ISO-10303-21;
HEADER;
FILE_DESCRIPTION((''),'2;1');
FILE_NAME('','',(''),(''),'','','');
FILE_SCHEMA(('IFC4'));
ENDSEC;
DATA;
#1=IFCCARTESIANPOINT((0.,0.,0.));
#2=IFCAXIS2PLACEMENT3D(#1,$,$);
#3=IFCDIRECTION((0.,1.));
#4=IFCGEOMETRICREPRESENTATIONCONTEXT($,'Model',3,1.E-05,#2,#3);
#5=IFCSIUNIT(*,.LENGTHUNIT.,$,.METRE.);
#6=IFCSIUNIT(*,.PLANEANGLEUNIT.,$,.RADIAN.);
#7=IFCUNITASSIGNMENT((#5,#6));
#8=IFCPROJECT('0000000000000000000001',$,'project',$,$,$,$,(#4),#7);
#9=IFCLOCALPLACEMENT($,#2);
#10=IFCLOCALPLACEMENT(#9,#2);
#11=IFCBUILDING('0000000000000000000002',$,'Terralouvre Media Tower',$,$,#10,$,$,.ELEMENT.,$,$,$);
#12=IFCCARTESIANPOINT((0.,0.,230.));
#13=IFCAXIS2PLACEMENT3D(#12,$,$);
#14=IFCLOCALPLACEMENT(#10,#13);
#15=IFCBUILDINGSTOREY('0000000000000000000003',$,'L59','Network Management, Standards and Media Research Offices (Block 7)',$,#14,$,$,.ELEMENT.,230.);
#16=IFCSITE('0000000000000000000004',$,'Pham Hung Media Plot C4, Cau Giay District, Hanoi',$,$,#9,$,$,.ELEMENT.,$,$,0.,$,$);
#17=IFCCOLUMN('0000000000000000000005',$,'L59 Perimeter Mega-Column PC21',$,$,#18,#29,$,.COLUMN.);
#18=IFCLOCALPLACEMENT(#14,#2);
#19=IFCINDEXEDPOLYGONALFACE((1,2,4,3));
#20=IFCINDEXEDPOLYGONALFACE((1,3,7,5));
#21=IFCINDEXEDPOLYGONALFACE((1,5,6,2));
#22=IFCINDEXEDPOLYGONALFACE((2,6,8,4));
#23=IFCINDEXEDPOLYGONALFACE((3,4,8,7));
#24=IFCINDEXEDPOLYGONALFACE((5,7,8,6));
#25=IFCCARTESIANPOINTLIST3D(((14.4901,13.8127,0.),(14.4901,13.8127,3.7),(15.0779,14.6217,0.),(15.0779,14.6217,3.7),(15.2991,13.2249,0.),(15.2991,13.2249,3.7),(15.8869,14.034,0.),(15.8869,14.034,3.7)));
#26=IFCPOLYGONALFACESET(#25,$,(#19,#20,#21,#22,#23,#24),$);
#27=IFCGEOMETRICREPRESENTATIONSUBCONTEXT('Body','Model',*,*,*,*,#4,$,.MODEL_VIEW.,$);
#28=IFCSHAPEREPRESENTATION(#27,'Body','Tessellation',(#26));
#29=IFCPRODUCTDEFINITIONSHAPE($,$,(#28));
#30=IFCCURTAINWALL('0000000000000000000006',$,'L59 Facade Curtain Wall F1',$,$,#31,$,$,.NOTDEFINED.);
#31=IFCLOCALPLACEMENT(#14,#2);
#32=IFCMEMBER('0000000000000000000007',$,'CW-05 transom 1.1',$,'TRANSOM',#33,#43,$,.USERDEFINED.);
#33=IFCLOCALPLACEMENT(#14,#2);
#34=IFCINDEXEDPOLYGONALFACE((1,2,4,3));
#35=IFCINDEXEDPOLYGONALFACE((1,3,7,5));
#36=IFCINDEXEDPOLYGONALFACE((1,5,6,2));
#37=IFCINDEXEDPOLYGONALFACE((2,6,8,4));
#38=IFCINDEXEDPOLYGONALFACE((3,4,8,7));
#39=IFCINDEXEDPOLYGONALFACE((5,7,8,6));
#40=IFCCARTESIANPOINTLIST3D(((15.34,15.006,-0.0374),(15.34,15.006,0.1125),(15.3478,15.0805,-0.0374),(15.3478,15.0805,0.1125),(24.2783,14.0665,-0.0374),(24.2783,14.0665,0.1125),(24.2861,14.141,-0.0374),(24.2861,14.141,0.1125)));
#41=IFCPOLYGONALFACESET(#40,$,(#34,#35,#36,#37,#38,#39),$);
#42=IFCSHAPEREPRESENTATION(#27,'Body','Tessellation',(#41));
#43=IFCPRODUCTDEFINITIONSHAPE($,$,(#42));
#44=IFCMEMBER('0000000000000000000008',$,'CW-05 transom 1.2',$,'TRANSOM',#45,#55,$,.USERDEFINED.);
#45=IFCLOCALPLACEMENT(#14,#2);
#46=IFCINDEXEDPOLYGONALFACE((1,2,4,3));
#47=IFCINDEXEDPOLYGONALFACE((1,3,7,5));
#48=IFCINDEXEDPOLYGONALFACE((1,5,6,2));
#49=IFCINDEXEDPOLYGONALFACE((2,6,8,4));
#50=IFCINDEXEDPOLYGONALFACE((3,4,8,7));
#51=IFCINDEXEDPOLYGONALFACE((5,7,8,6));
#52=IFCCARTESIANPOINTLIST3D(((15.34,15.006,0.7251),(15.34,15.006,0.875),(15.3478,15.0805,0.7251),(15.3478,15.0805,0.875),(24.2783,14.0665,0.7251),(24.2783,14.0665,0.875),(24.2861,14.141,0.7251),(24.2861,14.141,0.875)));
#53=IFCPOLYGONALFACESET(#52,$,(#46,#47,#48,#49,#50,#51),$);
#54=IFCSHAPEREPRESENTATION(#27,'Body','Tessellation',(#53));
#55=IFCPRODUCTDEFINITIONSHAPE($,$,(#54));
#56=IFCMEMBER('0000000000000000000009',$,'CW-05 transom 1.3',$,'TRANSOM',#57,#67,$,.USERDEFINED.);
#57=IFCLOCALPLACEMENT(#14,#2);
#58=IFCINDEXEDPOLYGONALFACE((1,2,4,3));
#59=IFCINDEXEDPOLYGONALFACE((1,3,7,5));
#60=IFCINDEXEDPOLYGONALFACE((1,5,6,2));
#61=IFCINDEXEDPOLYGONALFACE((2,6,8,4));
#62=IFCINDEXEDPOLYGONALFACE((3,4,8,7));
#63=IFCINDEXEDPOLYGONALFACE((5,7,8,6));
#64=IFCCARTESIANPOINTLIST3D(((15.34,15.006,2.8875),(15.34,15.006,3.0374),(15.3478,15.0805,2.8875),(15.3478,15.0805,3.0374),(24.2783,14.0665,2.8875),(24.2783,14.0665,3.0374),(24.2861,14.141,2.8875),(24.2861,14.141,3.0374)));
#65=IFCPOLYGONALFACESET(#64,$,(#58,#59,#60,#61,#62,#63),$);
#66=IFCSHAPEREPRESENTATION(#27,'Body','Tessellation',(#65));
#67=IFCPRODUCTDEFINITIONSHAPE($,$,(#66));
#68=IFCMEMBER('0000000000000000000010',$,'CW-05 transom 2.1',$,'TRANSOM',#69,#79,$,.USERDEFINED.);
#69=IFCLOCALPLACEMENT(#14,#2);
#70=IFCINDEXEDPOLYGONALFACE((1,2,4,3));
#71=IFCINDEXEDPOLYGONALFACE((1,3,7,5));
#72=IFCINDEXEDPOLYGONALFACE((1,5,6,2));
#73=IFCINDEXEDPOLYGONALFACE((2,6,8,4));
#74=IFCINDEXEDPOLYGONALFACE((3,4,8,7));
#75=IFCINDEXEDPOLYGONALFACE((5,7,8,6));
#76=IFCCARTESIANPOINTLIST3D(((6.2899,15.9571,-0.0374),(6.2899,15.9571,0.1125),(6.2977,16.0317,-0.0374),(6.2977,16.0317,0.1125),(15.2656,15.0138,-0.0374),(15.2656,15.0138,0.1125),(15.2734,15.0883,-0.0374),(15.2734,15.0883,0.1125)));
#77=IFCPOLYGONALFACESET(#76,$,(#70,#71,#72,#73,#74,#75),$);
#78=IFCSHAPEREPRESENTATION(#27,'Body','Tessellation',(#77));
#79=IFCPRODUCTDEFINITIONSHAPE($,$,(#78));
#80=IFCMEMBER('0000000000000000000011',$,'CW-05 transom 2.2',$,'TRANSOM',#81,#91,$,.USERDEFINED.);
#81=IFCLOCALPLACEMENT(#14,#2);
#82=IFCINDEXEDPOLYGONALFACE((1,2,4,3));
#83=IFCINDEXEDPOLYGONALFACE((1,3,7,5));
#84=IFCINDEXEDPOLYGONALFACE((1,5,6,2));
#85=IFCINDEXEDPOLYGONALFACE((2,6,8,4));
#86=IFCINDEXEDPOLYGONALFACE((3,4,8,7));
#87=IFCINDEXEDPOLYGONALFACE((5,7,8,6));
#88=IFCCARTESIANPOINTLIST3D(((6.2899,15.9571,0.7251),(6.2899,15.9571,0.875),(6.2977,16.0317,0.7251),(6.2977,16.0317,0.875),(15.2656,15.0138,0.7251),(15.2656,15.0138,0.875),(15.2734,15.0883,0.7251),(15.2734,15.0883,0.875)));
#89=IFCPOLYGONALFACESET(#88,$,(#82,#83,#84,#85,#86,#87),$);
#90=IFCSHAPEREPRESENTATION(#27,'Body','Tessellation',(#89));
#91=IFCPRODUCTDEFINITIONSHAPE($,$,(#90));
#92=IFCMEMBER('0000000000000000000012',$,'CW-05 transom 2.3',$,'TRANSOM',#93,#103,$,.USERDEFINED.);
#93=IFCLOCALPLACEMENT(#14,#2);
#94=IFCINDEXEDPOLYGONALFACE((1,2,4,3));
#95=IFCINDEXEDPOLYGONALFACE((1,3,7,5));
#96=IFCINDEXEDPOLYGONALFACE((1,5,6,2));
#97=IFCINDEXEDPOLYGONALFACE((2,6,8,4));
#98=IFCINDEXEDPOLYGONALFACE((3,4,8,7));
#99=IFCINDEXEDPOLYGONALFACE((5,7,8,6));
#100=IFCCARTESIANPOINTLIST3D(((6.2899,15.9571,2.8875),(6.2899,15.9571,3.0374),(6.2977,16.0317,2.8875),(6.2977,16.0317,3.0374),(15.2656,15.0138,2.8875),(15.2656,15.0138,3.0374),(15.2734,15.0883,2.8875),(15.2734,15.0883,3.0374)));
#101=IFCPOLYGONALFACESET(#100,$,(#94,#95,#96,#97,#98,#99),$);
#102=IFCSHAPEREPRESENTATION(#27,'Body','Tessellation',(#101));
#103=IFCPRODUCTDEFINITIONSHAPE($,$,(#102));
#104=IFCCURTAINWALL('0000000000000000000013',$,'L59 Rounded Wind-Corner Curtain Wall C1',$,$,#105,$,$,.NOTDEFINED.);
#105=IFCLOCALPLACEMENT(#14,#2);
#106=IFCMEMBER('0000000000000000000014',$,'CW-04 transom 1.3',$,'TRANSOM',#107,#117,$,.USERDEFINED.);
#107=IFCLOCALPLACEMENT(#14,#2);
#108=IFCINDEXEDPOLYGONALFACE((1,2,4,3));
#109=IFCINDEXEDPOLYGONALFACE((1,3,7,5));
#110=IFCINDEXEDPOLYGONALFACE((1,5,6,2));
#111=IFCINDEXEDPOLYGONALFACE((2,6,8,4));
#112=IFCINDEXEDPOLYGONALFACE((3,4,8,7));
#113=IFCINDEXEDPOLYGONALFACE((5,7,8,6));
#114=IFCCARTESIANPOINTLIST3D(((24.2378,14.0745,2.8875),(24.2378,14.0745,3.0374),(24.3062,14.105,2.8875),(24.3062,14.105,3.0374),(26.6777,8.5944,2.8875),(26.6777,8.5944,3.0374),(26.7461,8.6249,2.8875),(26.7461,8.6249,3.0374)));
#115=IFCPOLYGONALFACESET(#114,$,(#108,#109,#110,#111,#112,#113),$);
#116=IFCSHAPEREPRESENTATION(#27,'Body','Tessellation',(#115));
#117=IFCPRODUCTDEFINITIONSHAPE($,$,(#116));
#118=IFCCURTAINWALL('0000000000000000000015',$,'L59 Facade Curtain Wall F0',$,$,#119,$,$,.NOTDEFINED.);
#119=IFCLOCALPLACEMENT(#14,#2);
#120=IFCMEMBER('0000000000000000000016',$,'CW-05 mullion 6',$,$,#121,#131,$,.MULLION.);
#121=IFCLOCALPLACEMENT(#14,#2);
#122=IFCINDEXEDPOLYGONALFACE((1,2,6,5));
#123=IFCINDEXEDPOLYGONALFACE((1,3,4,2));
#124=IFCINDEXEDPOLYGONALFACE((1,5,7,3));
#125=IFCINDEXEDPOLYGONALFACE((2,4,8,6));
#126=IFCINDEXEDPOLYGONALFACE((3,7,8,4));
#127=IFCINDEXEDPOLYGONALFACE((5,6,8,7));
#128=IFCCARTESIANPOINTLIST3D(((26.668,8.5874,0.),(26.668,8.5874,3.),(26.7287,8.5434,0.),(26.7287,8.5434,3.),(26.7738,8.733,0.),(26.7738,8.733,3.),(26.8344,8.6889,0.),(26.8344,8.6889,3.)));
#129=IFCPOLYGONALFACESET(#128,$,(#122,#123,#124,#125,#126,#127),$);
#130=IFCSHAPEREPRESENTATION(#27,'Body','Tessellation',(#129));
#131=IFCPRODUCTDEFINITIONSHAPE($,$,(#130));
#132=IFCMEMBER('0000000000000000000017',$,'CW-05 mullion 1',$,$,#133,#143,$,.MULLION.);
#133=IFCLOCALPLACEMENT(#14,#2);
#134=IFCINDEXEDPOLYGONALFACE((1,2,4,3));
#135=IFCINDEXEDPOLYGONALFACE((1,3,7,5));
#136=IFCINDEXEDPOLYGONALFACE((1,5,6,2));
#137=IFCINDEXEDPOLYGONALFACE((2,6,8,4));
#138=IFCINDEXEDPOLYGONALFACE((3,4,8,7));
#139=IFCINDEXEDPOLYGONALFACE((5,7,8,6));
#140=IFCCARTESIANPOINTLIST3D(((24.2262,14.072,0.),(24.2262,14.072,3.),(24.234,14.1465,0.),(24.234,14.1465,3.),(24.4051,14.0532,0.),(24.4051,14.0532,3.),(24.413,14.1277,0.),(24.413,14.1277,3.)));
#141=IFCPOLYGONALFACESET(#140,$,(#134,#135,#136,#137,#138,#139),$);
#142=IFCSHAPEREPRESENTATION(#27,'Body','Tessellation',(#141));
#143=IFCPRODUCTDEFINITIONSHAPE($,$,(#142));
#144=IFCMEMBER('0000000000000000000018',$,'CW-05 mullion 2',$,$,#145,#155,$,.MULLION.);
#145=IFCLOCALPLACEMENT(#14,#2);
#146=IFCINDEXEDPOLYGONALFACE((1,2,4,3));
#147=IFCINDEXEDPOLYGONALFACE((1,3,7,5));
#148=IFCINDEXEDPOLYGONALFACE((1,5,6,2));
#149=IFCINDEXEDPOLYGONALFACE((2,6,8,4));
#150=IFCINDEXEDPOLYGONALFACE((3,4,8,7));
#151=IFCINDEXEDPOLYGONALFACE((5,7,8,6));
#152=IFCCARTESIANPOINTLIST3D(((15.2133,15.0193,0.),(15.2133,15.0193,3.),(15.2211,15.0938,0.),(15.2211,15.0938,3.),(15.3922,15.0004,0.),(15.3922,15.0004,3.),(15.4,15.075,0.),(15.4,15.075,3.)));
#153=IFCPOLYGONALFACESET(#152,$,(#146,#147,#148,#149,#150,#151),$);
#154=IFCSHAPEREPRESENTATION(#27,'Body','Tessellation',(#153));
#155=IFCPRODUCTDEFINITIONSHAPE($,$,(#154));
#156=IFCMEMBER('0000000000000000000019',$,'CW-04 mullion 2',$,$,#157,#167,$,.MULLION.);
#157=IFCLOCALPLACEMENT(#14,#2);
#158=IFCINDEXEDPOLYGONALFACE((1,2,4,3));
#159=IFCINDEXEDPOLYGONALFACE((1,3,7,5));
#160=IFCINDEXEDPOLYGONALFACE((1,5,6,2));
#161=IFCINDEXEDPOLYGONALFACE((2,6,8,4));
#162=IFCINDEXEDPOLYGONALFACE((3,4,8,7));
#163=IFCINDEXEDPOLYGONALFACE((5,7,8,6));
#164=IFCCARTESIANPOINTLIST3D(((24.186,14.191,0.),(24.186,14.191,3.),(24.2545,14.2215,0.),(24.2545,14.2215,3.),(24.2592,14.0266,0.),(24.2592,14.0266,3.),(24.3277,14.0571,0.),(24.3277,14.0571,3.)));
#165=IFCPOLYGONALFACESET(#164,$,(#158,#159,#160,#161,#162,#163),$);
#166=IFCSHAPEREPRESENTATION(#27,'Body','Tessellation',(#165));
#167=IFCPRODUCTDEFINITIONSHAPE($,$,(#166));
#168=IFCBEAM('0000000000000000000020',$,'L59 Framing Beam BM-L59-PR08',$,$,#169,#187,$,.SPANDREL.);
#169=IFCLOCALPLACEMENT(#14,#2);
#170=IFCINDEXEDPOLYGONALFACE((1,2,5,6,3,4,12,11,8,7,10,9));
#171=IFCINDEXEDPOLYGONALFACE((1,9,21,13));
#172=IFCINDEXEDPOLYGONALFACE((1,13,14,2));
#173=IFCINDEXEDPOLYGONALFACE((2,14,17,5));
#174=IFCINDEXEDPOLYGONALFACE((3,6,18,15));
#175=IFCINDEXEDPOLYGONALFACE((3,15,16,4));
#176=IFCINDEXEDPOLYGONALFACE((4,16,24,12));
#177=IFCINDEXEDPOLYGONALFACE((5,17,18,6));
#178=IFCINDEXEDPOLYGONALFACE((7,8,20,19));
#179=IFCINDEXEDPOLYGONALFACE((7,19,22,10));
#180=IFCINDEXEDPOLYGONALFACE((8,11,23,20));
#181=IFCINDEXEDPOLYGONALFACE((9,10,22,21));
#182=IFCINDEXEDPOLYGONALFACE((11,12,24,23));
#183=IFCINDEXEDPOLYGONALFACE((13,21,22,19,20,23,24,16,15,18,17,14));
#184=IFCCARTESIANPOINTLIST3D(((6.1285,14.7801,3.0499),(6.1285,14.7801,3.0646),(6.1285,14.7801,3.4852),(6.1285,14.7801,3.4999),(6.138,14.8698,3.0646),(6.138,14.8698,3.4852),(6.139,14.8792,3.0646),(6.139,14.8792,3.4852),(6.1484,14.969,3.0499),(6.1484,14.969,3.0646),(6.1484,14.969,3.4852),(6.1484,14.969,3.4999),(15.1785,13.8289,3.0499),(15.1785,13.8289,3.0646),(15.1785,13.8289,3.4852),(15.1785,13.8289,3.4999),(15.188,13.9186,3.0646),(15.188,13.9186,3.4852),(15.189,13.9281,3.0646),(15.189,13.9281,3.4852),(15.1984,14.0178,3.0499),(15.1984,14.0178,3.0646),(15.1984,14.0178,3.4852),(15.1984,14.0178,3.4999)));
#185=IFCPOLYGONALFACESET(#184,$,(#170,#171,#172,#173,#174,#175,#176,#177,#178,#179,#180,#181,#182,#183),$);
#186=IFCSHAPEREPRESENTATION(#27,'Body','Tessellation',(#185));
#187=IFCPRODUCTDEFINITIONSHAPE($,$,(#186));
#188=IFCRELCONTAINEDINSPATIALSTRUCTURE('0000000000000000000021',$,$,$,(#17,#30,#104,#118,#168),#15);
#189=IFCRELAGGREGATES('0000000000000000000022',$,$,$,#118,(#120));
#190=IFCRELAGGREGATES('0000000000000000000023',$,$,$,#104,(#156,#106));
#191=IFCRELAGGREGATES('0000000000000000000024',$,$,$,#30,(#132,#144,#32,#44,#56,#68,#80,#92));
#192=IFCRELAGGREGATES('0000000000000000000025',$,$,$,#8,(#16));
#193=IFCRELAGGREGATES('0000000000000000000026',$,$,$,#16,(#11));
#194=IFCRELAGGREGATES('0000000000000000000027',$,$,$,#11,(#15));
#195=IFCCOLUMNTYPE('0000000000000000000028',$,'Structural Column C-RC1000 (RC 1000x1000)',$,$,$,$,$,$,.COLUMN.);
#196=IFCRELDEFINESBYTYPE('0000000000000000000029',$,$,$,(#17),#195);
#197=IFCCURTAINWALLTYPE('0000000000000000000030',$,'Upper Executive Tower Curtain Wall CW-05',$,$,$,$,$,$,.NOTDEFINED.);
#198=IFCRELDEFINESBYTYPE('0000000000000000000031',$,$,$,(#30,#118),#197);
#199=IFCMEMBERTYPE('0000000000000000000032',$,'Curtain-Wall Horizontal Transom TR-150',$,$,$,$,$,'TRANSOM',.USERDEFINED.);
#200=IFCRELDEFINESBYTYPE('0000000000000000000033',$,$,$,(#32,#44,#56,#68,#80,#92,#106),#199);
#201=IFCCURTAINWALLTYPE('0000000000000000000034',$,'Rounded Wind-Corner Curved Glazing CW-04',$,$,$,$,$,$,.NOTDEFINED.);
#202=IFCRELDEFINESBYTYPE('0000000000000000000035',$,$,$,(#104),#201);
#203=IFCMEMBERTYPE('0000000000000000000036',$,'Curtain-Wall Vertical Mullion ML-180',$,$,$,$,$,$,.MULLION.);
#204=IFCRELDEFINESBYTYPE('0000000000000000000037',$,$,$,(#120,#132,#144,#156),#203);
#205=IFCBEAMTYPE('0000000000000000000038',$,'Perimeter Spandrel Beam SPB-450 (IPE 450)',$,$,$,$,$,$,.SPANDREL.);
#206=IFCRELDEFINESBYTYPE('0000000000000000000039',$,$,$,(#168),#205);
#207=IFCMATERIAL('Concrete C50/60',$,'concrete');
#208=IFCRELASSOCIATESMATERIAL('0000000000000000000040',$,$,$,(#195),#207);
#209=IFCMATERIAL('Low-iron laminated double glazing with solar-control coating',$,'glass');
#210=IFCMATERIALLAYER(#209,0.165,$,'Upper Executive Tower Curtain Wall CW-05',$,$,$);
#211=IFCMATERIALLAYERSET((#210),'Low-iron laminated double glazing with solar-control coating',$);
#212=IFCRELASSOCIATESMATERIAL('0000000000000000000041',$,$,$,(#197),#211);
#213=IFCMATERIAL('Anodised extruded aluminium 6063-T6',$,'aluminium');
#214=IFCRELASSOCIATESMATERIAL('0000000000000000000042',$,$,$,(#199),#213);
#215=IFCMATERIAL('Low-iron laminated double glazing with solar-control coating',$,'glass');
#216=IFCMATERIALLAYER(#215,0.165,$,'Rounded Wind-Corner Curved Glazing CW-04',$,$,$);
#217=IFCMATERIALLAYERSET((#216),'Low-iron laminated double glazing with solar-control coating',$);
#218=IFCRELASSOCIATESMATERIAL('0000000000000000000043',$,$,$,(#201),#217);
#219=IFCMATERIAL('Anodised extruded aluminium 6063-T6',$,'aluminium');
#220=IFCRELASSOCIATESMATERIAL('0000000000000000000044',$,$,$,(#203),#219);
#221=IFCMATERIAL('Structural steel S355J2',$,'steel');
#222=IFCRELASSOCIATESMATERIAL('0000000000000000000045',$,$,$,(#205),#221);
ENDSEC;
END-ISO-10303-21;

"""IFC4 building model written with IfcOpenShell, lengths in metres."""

from ifc_helpers import new_model, si_unit, direction, frame, origin, origin_2d, place, context, subcontext, project, spatial, rectangle, i_section, extrude, material, layer, layer_set, material_profile, profile_set, type_object, element, aggregate, save


model = new_model("IFC4")

# Units and contexts
model_context = context("Model", 3, precision=1e-05, world=origin(), true_north=direction((0.0, 1.0)))
body_context = subcontext(model_context, "Body", "Model", "MODEL_VIEW")
ifc_project = project(units=[si_unit("LENGTHUNIT", "METRE"), si_unit("PLANEANGLEUNIT", "RADIAN")], contexts=[model_context])

# Site, building, storey
site_placement = place(None, origin())
site = spatial("IfcSite", under=ifc_project, at=site_placement, Name="Pham Hung Media Plot C4, Cau Giay District, Hanoi", CompositionType="ELEMENT", RefElevation=0.0)
building_placement = place(site_placement, origin())
building = spatial("IfcBuilding", under=site, at=building_placement, Name="Terralouvre Media Tower", CompositionType="ELEMENT")
storey_placement = place(building_placement, frame((0.0, 0.0, 230.0)))
storey = spatial("IfcBuildingStorey", under=building, at=storey_placement, Name="L59", Description="Network Management, Standards and Media Research Offices (Block 7)", CompositionType="ELEMENT", Elevation=230.0)

# Column
ifc_material_1 = material(Name="Concrete C50/60", Category="concrete")
ifc_material_profile_1 = material_profile(ifc_material_1, rectangle(XDim=1.0, YDim=1.0, at=origin_2d()), Name="RC 1000x1000")
ifc_profile_set_1 = profile_set([ifc_material_profile_1], Name="Concrete C50/60")
column_type = type_object("IfcColumnType", Name="Structural Column C-RC1000 (RC 1000x1000)", PredefinedType="COLUMN", material=ifc_profile_set_1)
column_placement = place(storey_placement, frame((15.1885, 13.9233, 0.0), z_axis=(0.0, 0.0, 1.0), x_axis=(0.587785, 0.809017, 0.0)))
element("IfcColumn", 1, at=column_placement, inside=storey, type_object=column_type, Name="L59 Perimeter Mega-Column PC21", PredefinedType="COLUMN", context=body_context, shape_type="SweptSolid", body=[
    extrude(rectangle(XDim=1.0, YDim=1.0, at=origin_2d()), origin(), (0.0, 0.0, 1.0), 3.7),
])

# Curtain wall, members
ifc_material_2 = material(Name="Low-iron laminated double glazing with solar-control coating", Category="glass")
ifc_layer_1 = layer(ifc_material_2, 0.165, Name="Upper Executive Tower Curtain Wall CW-05")
ifc_layer_set_1 = layer_set([ifc_layer_1], Name="Low-iron laminated double glazing with solar-control coating")
curtain_wall_type_1 = type_object("IfcCurtainWallType", Name="Upper Executive Tower Curtain Wall CW-05", PredefinedType="NOTDEFINED", material=ifc_layer_set_1)
curtain_wall_1_placement = place(storey_placement, origin())
curtain_wall_1 = element("IfcCurtainWall", 2, at=curtain_wall_1_placement, inside=storey, type_object=curtain_wall_type_1, Name="L59 Facade Curtain Wall F1", PredefinedType="NOTDEFINED")
ifc_material_3 = material(Name="Anodised extruded aluminium 6063-T6", Category="aluminium")
ifc_material_profile_2 = material_profile(ifc_material_3, rectangle(XDim=0.075, YDim=0.1499, at=origin_2d()), Name="ALU 75x150")
ifc_profile_set_2 = profile_set([ifc_material_profile_2], Name="Anodised extruded aluminium 6063-T6")
member_type_1 = type_object("IfcMemberType", Name="Curtain-Wall Horizontal Transom TR-150", ElementType="TRANSOM", PredefinedType="USERDEFINED", material=ifc_profile_set_2)
member_1_placement = place(storey_placement, frame((24.2822, 14.1038, 0.0376), z_axis=(-0.994522, 0.104529, 0.0), x_axis=(-0.104529, -0.994522, 0.0)))
member_1 = element("IfcMember", 3, at=member_1_placement, type_object=member_type_1, Name="CW-05 transom 1.1", ObjectType="TRANSOM", PredefinedType="USERDEFINED", context=body_context, shape_type="SweptSolid", body=[
    extrude(rectangle(XDim=0.075, YDim=0.1499, at=origin_2d()), origin(), (0.0, 0.0, 1.0), 8.9875),
])
member_2_placement = place(storey_placement, frame((24.2822, 14.1038, 0.8), z_axis=(-0.994522, 0.104529, 0.0), x_axis=(-0.104529, -0.994522, 0.0)))
member_2 = element("IfcMember", 4, at=member_2_placement, type_object=member_type_1, Name="CW-05 transom 1.2", ObjectType="TRANSOM", PredefinedType="USERDEFINED", context=body_context, shape_type="SweptSolid", body=[
    extrude(rectangle(XDim=0.075, YDim=0.1499, at=origin_2d()), origin(), (0.0, 0.0, 1.0), 8.9875),
])
member_3_placement = place(storey_placement, frame((24.2822, 14.1038, 2.9624), z_axis=(-0.994522, 0.104529, 0.0), x_axis=(-0.104529, -0.994522, 0.0)))
member_3 = element("IfcMember", 5, at=member_3_placement, type_object=member_type_1, Name="CW-05 transom 1.3", ObjectType="TRANSOM", PredefinedType="USERDEFINED", context=body_context, shape_type="SweptSolid", body=[
    extrude(rectangle(XDim=0.075, YDim=0.1499, at=origin_2d()), origin(), (0.0, 0.0, 1.0), 8.9875),
])
member_4_placement = place(storey_placement, frame((15.2695, 15.051, 0.0376), z_axis=(-0.994522, 0.104527, 0.0), x_axis=(-0.104527, -0.994522, 0.0)))
member_4 = element("IfcMember", 6, at=member_4_placement, type_object=member_type_1, Name="CW-05 transom 2.1", ObjectType="TRANSOM", PredefinedType="USERDEFINED", context=body_context, shape_type="SweptSolid", body=[
    extrude(rectangle(XDim=0.075, YDim=0.1499, at=origin_2d()), origin(), (0.0, 0.0, 1.0), 9.0251),
])
member_5_placement = place(storey_placement, frame((15.2695, 15.051, 0.8), z_axis=(-0.994522, 0.104527, 0.0), x_axis=(-0.104527, -0.994522, 0.0)))
member_5 = element("IfcMember", 7, at=member_5_placement, type_object=member_type_1, Name="CW-05 transom 2.2", ObjectType="TRANSOM", PredefinedType="USERDEFINED", context=body_context, shape_type="SweptSolid", body=[
    extrude(rectangle(XDim=0.075, YDim=0.1499, at=origin_2d()), origin(), (0.0, 0.0, 1.0), 9.0251),
])
member_6_placement = place(storey_placement, frame((15.2695, 15.051, 2.9624), z_axis=(-0.994522, 0.104527, 0.0), x_axis=(-0.104527, -0.994522, 0.0)))
member_6 = element("IfcMember", 8, at=member_6_placement, type_object=member_type_1, Name="CW-05 transom 2.3", ObjectType="TRANSOM", PredefinedType="USERDEFINED", context=body_context, shape_type="SweptSolid", body=[
    extrude(rectangle(XDim=0.075, YDim=0.1499, at=origin_2d()), origin(), (0.0, 0.0, 1.0), 9.0251),
])

# Curtain walls, members
ifc_material_4 = material(Name="Low-iron laminated double glazing with solar-control coating", Category="glass")
ifc_layer_2 = layer(ifc_material_4, 0.165, Name="Rounded Wind-Corner Curved Glazing CW-04")
ifc_layer_set_2 = layer_set([ifc_layer_2], Name="Low-iron laminated double glazing with solar-control coating")
curtain_wall_type_2 = type_object("IfcCurtainWallType", Name="Rounded Wind-Corner Curved Glazing CW-04", PredefinedType="NOTDEFINED", material=ifc_layer_set_2)
curtain_wall_2_placement = place(storey_placement, origin())
curtain_wall_2 = element("IfcCurtainWall", 9, at=curtain_wall_2_placement, inside=storey, type_object=curtain_wall_type_2, Name="L59 Rounded Wind-Corner Curtain Wall C1", PredefinedType="NOTDEFINED")
member_7_placement = place(storey_placement, frame((26.7119, 8.6096, 2.9624), z_axis=(-0.406735, 0.913546, 0.0), x_axis=(-0.913546, -0.406735, 0.0)))
member_7 = element("IfcMember", 10, at=member_7_placement, type_object=member_type_1, Name="CW-04 transom 1.3", ObjectType="TRANSOM", PredefinedType="USERDEFINED", context=body_context, shape_type="SweptSolid", body=[
    extrude(rectangle(XDim=0.075, YDim=0.1499, at=origin_2d()), origin(), (0.0, 0.0, 1.0), 5.9988),
])
curtain_wall_3_placement = place(storey_placement, origin())
curtain_wall_3 = element("IfcCurtainWall", 11, at=curtain_wall_3_placement, inside=storey, type_object=curtain_wall_type_1, Name="L59 Facade Curtain Wall F0", PredefinedType="NOTDEFINED")
ifc_material_5 = material(Name="Anodised extruded aluminium 6063-T6", Category="aluminium")
ifc_material_profile_3 = material_profile(ifc_material_5, rectangle(XDim=0.075, YDim=0.1799, at=origin_2d()), Name="ALU 75x180")
ifc_profile_set_3 = profile_set([ifc_material_profile_3], Name="Anodised extruded aluminium 6063-T6")
member_type_2 = type_object("IfcMemberType", Name="Curtain-Wall Vertical Mullion ML-180", PredefinedType="MULLION", material=ifc_profile_set_3)
member_8_placement = place(storey_placement, frame((26.7512, 8.6382, 0.0), z_axis=(0.0, 0.0, 1.0), x_axis=(-0.809017, 0.587785, 0.0)))
member_8 = element("IfcMember", 12, at=member_8_placement, type_object=member_type_2, Name="CW-05 mullion 6", PredefinedType="MULLION", context=body_context, shape_type="SweptSolid", body=[
    extrude(rectangle(XDim=0.075, YDim=0.1799, at=origin_2d()), origin(), (0.0, 0.0, 1.0), 3.0),
])
aggregate(curtain_wall_3, [member_8])

# Members
member_9_placement = place(storey_placement, frame((24.3196, 14.0999, 0.0), z_axis=(0.0, 0.0, 1.0), x_axis=(-0.104529, -0.994522, 0.0)))
member_9 = element("IfcMember", 13, at=member_9_placement, type_object=member_type_2, Name="CW-05 mullion 1", PredefinedType="MULLION", context=body_context, shape_type="SweptSolid", body=[
    extrude(rectangle(XDim=0.075, YDim=0.1799, at=origin_2d()), origin(), (0.0, 0.0, 1.0), 3.0),
])
member_10_placement = place(storey_placement, frame((15.3066, 15.0471, 0.0), z_axis=(0.0, 0.0, 1.0), x_axis=(-0.104529, -0.994522, 0.0)))
member_10 = element("IfcMember", 14, at=member_10_placement, type_object=member_type_2, Name="CW-05 mullion 2", PredefinedType="MULLION", context=body_context, shape_type="SweptSolid", body=[
    extrude(rectangle(XDim=0.075, YDim=0.1799, at=origin_2d()), origin(), (0.0, 0.0, 1.0), 3.0),
])
member_11_placement = place(storey_placement, frame((24.2568, 14.124, 0.0), z_axis=(0.0, 0.0, 1.0), x_axis=(-0.913545, -0.406737, 0.0)))
member_11 = element("IfcMember", 15, at=member_11_placement, type_object=member_type_2, Name="CW-04 mullion 2", PredefinedType="MULLION", context=body_context, shape_type="SweptSolid", body=[
    extrude(rectangle(XDim=0.075, YDim=0.1799, at=origin_2d()), origin(), (0.0, 0.0, 1.0), 3.0),
])

# Beam
ifc_material_6 = material(Name="Structural steel S355J2", Category="steel")
ifc_material_profile_4 = material_profile(ifc_material_6, i_section(OverallWidth=0.1899, OverallDepth=0.45, WebThickness=0.0095, FlangeThickness=0.0146, at=origin_2d()), Name="IPE 450")
ifc_profile_set_4 = profile_set([ifc_material_profile_4], Name="Structural steel S355J2")
beam_type = type_object("IfcBeamType", Name="Perimeter Spandrel Beam SPB-450 (IPE 450)", PredefinedType="SPANDREL", material=ifc_profile_set_4)
beam_placement = place(storey_placement, frame((15.1885, 13.9233, 3.2749), z_axis=(-0.994522, 0.104526, 0.0), x_axis=(-0.104526, -0.994522, 0.0)))
element("IfcBeam", 16, at=beam_placement, inside=storey, type_object=beam_type, Name="L59 Framing Beam BM-L59-PR08", PredefinedType="SPANDREL", context=body_context, shape_type="SweptSolid", body=[
    extrude(i_section(OverallWidth=0.1899, OverallDepth=0.45, WebThickness=0.0095, FlangeThickness=0.0146, at=origin_2d()), origin(), (0.0, 0.0, 1.0), 9.0999),
])

aggregate(curtain_wall_2, [member_11, member_7])
aggregate(curtain_wall_1, [member_9, member_10, member_1, member_2, member_3, member_4, member_5, member_6])

save(model, "model.ifc")
